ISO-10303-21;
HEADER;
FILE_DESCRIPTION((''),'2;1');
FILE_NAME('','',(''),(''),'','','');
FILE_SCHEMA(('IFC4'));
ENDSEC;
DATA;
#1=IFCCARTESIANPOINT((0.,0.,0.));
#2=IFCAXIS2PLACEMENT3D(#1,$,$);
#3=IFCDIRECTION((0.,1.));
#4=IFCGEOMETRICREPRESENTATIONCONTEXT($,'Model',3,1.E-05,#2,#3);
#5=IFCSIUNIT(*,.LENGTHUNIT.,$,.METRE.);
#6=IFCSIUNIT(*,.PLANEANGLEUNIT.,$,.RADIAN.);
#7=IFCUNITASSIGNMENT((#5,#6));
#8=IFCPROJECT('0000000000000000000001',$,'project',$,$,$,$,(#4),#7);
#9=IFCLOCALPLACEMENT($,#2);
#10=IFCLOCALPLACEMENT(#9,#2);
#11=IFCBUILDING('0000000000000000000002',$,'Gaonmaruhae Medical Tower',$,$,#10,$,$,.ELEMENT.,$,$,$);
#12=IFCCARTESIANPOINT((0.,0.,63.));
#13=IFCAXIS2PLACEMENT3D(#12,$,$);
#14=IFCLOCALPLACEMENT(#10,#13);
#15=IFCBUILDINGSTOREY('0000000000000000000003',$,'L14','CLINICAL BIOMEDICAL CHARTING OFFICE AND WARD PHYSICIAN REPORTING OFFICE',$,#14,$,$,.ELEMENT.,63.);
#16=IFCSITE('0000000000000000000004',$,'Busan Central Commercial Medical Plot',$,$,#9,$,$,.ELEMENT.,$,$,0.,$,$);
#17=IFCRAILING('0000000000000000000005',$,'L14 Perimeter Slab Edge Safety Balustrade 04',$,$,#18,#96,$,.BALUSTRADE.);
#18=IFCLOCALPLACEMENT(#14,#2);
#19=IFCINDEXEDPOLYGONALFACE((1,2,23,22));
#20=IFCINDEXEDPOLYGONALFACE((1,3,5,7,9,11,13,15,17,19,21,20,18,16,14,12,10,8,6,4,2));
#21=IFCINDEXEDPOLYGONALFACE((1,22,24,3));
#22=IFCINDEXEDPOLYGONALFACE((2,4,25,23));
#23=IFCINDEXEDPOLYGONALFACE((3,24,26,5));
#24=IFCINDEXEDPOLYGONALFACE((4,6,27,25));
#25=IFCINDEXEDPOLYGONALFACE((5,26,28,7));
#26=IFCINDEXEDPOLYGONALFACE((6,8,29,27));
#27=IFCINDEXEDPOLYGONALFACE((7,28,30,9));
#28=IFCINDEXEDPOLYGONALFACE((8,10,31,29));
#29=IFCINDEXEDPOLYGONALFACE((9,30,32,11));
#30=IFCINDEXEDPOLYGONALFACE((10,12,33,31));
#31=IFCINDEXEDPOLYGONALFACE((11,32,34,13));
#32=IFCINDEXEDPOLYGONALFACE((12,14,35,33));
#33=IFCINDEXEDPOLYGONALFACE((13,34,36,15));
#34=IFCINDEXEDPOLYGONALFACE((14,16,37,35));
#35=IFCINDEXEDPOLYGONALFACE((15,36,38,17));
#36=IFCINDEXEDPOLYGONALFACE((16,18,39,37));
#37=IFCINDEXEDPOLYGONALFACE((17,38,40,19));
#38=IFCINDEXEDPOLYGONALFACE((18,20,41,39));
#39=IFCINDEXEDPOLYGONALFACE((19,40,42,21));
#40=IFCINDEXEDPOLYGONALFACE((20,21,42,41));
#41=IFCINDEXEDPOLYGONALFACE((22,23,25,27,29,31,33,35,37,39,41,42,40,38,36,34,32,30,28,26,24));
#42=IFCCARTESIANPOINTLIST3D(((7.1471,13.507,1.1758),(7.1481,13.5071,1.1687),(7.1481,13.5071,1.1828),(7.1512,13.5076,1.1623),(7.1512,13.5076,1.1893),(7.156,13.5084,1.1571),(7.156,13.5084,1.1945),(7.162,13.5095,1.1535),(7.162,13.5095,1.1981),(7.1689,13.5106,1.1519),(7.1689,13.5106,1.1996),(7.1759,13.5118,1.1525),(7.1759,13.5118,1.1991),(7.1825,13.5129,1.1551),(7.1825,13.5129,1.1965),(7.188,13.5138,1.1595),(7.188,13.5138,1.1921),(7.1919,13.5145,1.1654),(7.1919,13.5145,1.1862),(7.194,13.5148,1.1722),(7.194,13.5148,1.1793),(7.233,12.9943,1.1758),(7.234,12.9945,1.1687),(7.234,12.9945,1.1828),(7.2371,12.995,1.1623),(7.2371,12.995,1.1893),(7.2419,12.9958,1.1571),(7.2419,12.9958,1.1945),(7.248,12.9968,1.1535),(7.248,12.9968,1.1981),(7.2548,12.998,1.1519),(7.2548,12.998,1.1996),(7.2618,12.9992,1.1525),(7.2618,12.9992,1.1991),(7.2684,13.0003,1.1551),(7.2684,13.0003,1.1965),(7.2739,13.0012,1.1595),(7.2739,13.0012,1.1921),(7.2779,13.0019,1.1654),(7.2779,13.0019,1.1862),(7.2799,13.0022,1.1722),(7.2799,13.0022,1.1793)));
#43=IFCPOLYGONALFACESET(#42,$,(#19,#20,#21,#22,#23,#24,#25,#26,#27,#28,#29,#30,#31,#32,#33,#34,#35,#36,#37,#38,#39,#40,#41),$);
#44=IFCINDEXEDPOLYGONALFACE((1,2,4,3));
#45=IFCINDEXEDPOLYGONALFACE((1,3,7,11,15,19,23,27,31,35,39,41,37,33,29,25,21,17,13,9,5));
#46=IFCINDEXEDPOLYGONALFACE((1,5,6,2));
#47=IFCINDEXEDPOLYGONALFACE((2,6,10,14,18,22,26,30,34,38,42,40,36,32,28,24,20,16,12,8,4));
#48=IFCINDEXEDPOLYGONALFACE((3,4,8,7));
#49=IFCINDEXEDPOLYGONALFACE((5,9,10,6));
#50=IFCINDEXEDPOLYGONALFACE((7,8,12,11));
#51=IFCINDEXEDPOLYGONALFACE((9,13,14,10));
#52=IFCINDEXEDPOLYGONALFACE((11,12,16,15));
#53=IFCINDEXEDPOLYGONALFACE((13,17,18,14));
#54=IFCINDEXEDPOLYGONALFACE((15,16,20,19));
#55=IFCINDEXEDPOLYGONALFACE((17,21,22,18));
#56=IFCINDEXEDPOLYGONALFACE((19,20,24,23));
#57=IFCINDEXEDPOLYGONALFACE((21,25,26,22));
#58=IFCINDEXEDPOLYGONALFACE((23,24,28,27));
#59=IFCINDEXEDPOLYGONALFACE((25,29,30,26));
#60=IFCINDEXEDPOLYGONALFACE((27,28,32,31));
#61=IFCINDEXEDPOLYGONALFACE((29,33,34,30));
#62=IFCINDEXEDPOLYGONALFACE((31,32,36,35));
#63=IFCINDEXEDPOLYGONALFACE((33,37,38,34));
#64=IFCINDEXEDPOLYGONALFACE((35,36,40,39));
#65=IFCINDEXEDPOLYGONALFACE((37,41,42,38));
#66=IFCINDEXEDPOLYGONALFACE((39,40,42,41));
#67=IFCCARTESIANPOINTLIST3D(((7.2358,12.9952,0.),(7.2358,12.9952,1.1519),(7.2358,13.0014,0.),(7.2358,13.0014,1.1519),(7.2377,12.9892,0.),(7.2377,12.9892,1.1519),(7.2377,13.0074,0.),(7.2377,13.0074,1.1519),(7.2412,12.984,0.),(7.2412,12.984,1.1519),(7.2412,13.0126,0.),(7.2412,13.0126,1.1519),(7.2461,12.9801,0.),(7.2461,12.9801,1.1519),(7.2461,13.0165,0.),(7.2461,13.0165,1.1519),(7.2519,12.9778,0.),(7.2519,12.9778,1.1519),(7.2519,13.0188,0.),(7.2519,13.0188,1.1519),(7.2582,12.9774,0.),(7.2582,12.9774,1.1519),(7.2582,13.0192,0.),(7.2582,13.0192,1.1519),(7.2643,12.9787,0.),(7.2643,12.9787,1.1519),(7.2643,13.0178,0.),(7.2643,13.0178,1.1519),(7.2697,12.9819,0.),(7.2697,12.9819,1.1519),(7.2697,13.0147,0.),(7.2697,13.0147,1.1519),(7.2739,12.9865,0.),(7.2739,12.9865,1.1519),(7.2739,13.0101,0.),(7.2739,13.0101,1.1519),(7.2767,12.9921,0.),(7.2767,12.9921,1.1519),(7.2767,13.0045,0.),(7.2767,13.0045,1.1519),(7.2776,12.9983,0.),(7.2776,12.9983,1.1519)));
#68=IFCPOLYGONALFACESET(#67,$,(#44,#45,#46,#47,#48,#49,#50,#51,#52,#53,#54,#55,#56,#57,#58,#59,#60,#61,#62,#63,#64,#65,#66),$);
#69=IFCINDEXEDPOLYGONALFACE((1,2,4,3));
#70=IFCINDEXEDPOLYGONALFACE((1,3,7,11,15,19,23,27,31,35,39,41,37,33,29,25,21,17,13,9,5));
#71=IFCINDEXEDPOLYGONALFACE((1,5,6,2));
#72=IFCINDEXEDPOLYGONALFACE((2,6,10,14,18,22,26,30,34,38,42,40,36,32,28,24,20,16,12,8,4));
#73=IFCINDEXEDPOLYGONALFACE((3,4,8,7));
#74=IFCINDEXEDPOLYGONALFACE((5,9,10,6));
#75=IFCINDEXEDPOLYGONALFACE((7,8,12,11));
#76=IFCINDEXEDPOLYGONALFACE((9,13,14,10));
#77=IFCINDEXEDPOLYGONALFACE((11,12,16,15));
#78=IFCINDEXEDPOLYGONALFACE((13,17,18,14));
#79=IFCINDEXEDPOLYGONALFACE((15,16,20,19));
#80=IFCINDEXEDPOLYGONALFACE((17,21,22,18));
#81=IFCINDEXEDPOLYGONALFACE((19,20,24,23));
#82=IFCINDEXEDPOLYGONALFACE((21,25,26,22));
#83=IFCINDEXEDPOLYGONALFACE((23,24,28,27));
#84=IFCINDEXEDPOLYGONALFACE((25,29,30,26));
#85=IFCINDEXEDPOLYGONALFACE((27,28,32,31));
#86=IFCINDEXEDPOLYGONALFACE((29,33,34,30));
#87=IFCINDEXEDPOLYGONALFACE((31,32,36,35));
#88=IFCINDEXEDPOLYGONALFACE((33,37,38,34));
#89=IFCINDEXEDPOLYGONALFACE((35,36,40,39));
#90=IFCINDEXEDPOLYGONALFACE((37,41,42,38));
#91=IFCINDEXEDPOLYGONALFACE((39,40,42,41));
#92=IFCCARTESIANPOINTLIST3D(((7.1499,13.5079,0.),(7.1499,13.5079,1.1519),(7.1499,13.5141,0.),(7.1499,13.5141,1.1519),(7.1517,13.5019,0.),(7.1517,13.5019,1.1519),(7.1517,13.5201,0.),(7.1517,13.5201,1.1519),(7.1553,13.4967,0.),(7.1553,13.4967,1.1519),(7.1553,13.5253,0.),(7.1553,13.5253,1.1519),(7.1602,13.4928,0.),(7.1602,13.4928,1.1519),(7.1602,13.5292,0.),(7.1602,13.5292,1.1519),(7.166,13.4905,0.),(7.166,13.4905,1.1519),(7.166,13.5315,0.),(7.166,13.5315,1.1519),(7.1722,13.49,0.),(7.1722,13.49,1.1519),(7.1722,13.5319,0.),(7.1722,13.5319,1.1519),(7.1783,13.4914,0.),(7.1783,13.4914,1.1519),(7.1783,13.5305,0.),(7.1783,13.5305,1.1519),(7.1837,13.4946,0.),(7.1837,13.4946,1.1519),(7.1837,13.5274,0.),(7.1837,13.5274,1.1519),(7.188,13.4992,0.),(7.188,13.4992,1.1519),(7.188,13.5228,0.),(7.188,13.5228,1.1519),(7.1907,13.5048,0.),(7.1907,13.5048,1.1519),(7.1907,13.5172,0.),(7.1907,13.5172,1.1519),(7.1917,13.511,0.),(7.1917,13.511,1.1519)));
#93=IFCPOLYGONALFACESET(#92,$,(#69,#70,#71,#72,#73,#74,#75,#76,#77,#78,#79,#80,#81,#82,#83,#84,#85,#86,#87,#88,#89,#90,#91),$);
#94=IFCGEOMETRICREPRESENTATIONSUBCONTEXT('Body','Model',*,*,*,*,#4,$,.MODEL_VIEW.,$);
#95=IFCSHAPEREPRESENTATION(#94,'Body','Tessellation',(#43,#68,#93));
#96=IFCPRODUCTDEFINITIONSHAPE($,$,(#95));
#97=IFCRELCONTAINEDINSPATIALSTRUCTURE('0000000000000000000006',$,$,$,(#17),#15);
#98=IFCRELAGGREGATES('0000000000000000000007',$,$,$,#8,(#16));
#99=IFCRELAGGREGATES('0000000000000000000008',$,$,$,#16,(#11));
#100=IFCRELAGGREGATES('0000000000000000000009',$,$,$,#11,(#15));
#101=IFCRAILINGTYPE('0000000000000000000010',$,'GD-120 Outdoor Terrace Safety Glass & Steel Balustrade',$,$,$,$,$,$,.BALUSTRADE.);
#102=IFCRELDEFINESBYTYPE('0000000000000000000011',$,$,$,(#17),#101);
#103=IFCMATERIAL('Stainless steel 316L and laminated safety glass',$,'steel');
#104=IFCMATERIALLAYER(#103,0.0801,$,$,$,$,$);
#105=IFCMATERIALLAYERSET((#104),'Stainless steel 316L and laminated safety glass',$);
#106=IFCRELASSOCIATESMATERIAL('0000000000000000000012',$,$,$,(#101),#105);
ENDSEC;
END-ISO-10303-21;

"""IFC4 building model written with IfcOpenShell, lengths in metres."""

from ifc_helpers import new_model, si_unit, direction, frame, origin, origin_2d, place, context, subcontext, project, spatial, circle, extrude, material, layer, layer_set, type_object, element, save


model = new_model("IFC4")

# Units and contexts
model_context = context("Model", 3, precision=1e-05, world=origin(), true_north=direction((0.0, 1.0)))
body_context = subcontext(model_context, "Body", "Model", "MODEL_VIEW")
ifc_project = project(units=[si_unit("LENGTHUNIT", "METRE"), si_unit("PLANEANGLEUNIT", "RADIAN")], contexts=[model_context])

# Site, building, storey
site_placement = place(None, origin())
site = spatial("IfcSite", under=ifc_project, at=site_placement, Name="Busan Central Commercial Medical Plot", CompositionType="ELEMENT", RefElevation=0.0)
building_placement = place(site_placement, origin())
building = spatial("IfcBuilding", under=site, at=building_placement, Name="Gaonmaruhae Medical Tower", CompositionType="ELEMENT")
storey_placement = place(building_placement, frame((0.0, 0.0, 63.0)))
storey = spatial("IfcBuildingStorey", under=building, at=storey_placement, Name="L14", Description="CLINICAL BIOMEDICAL CHARTING OFFICE AND WARD PHYSICIAN REPORTING OFFICE", CompositionType="ELEMENT", Elevation=63.0)

# Railing
ifc_material_1 = material(Name="Stainless steel 316L and laminated safety glass", Category="steel")
ifc_layer_1 = layer(ifc_material_1, 0.0801)
ifc_layer_set_1 = layer_set([ifc_layer_1], Name="Stainless steel 316L and laminated safety glass")
railing_type_1 = type_object("IfcRailingType", Name="GD-120 Outdoor Terrace Safety Glass & Steel Balustrade", PredefinedType="BALUSTRADE", material=ifc_layer_set_1)
railing_1_placement = place(storey_placement, frame((7.2566, 12.9983, 0.0)))
element("IfcRailing", 1, at=railing_1_placement, inside=storey, type_object=railing_type_1, Name="L14 Perimeter Slab Edge Safety Balustrade 04", PredefinedType="BALUSTRADE", context=body_context, shape_type="SweptSolid", body=[
    extrude(circle(Radius=0.0239, at=origin_2d()), frame((0.0, 0.0, 1.1758), z_axis=(-0.165313, 0.986241, 0.0), x_axis=(-0.986241, -0.165313, 0.0)), (0.0, 0.0, 1.0), 0.5198),
    extrude(circle(Radius=0.021, at=origin_2d()), origin(), (0.0, 0.0, 1.0), 1.1519),
    extrude(circle(Radius=0.021, at=origin_2d()), frame((-0.0859, 0.5127, 0.0)), (0.0, 0.0, 1.0), 1.1519),
])

save(model, "model.ifc")
